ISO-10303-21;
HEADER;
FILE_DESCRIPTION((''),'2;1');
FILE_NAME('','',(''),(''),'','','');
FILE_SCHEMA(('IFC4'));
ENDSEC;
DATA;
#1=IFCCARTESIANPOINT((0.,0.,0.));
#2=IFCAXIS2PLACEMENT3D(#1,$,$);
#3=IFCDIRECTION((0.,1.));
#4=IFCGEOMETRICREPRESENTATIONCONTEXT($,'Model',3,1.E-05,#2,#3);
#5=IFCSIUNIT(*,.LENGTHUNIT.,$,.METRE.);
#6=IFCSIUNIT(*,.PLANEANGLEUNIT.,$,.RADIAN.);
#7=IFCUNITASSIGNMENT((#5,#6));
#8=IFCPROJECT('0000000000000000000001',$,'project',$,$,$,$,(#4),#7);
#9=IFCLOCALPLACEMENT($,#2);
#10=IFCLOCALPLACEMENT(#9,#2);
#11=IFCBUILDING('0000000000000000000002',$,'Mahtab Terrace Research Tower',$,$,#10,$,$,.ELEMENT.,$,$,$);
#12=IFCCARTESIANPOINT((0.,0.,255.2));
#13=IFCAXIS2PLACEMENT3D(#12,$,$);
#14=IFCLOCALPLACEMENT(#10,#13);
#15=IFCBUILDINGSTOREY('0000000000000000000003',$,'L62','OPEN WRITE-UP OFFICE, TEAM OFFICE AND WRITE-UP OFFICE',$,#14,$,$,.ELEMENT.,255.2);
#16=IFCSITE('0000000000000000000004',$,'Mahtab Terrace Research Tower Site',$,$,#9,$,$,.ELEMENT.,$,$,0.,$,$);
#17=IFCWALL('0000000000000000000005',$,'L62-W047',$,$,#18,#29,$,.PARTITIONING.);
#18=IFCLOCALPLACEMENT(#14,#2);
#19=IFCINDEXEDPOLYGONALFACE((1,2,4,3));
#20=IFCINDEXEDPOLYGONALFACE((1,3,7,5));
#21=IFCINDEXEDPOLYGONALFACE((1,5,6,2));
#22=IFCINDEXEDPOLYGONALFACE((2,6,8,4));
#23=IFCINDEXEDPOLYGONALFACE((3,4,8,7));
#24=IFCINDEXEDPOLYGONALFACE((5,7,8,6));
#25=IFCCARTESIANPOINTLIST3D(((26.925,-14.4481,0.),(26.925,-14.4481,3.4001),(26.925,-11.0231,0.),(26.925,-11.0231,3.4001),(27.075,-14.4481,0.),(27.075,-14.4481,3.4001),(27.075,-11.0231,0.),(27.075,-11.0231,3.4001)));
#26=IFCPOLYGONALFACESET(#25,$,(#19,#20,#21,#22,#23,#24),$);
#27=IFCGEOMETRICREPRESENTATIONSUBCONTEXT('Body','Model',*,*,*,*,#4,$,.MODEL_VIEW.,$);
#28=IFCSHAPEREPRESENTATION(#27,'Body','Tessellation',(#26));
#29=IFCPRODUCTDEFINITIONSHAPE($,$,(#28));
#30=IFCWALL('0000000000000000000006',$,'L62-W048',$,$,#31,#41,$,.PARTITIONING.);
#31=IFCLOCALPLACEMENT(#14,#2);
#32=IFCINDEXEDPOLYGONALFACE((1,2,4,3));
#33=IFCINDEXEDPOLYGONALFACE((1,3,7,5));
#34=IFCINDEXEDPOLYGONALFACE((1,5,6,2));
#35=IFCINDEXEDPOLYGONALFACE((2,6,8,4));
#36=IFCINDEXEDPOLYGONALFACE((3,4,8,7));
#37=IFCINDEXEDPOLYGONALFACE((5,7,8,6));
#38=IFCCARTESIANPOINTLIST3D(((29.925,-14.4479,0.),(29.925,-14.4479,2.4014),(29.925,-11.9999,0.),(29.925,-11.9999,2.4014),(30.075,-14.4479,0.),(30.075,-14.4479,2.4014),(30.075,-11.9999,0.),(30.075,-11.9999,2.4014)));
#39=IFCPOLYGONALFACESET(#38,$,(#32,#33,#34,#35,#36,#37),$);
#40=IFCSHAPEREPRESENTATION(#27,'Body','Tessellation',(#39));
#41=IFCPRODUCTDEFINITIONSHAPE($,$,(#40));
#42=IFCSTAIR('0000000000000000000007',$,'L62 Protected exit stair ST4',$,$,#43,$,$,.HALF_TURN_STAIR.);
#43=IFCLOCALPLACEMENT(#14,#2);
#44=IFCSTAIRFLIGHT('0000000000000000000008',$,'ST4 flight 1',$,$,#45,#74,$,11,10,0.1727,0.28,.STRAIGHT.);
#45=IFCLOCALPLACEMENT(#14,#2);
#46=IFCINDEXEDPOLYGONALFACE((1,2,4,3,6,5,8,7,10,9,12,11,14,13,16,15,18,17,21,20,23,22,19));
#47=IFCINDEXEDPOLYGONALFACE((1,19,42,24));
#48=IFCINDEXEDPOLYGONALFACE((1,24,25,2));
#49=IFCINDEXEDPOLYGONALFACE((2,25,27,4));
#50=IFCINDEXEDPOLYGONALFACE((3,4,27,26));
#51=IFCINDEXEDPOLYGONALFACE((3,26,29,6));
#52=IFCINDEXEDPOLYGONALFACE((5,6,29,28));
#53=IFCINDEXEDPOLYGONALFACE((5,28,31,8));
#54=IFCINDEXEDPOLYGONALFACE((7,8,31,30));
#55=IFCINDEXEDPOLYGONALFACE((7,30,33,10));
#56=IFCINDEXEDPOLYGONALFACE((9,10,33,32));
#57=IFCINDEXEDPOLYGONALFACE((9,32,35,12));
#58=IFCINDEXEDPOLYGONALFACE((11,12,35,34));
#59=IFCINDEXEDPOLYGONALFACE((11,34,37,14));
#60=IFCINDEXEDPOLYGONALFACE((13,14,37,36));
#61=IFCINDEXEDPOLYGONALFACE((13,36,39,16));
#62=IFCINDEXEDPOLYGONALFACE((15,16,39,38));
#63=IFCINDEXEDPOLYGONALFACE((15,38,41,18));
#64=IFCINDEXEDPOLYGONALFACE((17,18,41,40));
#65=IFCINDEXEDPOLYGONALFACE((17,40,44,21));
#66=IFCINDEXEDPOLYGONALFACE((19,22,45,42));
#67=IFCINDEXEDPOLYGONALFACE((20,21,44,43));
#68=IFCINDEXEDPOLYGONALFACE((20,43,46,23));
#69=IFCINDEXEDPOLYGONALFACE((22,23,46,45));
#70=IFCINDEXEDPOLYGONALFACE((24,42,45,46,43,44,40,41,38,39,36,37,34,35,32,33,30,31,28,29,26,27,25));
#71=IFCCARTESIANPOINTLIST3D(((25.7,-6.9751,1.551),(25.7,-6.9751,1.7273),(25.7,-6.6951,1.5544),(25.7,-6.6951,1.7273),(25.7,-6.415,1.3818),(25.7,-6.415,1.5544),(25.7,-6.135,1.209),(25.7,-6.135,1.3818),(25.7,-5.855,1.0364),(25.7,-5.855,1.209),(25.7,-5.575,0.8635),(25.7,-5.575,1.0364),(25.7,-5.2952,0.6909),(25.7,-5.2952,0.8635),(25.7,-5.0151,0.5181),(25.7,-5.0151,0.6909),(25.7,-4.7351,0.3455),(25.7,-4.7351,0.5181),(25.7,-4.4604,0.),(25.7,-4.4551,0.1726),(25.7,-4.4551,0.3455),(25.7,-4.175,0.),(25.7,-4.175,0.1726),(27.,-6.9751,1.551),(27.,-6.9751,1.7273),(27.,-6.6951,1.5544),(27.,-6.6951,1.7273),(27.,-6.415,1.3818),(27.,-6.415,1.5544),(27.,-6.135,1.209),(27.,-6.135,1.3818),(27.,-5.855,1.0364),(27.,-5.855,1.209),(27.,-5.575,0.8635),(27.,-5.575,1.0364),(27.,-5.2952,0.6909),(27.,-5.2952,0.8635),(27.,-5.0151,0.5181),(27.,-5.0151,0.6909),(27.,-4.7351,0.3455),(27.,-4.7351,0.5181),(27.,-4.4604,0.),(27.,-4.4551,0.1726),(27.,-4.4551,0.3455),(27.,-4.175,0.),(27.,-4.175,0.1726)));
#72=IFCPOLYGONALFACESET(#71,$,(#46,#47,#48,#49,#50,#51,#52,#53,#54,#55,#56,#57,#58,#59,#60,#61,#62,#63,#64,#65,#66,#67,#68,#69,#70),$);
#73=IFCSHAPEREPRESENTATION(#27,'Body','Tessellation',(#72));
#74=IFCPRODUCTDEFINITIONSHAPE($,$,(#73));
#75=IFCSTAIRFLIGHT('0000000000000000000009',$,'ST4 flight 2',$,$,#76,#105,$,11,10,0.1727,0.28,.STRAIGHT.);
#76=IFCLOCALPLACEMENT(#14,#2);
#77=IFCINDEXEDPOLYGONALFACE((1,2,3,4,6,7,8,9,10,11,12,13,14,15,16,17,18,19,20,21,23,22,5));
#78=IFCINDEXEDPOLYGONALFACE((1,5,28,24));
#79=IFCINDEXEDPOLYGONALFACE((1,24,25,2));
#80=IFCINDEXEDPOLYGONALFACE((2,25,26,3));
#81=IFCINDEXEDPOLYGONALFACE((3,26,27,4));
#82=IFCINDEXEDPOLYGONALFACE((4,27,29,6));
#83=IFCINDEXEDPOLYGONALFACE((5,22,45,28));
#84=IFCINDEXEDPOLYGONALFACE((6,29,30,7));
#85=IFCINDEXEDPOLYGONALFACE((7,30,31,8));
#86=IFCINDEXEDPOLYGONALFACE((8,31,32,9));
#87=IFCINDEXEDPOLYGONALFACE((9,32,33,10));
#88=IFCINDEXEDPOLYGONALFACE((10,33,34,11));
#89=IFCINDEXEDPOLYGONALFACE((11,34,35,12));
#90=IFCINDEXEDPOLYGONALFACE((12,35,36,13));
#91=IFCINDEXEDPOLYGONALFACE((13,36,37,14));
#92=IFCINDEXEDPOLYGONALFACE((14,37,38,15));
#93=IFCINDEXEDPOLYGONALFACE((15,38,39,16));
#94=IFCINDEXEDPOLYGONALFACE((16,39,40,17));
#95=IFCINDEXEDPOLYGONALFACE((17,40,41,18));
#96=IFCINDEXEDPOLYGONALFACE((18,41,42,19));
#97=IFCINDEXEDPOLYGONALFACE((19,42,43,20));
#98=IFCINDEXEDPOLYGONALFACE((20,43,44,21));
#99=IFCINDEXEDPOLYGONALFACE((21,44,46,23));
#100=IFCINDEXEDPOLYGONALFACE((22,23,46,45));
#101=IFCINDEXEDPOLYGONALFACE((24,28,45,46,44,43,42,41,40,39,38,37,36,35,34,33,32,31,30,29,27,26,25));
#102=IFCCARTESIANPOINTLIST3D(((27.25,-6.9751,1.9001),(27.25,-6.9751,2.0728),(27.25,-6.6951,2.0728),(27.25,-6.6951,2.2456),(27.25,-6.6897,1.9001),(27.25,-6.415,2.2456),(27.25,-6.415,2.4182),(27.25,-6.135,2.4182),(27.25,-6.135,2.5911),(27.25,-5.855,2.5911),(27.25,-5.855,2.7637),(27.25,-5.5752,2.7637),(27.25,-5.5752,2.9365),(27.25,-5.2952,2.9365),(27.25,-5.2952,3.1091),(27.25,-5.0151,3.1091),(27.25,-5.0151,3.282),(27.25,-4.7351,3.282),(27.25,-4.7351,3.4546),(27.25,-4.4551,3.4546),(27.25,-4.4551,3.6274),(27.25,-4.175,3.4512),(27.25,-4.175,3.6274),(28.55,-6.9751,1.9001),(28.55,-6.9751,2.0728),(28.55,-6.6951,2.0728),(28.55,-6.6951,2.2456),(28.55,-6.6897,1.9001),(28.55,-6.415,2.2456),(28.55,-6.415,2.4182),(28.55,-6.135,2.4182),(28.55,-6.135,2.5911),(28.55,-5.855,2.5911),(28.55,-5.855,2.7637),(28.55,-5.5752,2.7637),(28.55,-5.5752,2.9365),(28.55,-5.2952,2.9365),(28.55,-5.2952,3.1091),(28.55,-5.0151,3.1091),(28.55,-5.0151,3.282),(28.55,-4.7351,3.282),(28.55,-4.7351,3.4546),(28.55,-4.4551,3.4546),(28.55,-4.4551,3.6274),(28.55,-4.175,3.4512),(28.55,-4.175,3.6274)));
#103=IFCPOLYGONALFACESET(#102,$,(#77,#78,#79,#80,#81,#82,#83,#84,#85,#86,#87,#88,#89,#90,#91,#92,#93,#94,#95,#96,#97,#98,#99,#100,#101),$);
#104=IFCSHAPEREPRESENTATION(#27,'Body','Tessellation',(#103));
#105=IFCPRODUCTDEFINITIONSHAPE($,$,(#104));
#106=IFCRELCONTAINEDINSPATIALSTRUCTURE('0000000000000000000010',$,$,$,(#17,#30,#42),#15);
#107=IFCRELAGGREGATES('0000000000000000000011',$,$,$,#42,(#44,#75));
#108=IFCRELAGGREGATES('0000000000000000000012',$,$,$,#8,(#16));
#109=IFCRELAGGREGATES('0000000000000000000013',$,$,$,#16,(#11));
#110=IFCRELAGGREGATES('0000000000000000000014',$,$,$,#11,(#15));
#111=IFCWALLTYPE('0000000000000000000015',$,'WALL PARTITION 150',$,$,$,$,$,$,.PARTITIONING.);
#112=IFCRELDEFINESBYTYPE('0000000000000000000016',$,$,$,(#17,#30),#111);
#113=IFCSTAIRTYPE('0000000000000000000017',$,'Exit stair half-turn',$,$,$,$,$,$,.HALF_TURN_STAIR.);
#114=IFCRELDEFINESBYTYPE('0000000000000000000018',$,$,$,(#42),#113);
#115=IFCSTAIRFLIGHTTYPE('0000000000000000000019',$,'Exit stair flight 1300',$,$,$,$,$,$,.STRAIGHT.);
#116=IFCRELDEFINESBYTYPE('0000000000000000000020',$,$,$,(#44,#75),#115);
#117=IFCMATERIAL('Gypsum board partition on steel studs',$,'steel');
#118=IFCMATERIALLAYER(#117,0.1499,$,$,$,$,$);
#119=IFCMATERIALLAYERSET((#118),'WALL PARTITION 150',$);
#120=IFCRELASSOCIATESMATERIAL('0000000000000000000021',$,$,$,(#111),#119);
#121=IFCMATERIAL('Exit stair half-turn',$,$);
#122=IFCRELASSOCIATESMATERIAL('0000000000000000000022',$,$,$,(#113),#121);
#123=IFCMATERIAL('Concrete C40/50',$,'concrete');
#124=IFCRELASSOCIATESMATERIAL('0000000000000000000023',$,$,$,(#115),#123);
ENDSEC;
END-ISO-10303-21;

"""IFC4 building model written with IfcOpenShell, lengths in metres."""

from ifc_helpers import new_model, si_unit, direction, frame, frame_2d, origin, place, context, subcontext, project, spatial, polyline, rectangle, outline, extrude, material, layer, layer_set, type_object, element, aggregate, save


model = new_model("IFC4")

# Units and contexts
model_context = context("Model", 3, precision=1e-05, world=origin(), true_north=direction((0.0, 1.0)))
body_context = subcontext(model_context, "Body", "Model", "MODEL_VIEW")
ifc_project = project(units=[si_unit("LENGTHUNIT", "METRE"), si_unit("PLANEANGLEUNIT", "RADIAN")], contexts=[model_context])

# Site, building, storey
site_placement = place(None, origin())
site = spatial("IfcSite", under=ifc_project, at=site_placement, Name="Mahtab Terrace Research Tower Site", CompositionType="ELEMENT", RefElevation=0.0)
building_placement = place(site_placement, origin())
building = spatial("IfcBuilding", under=site, at=building_placement, Name="Mahtab Terrace Research Tower", CompositionType="ELEMENT")
storey_placement = place(building_placement, frame((0.0, 0.0, 255.2)))
storey = spatial("IfcBuildingStorey", under=building, at=storey_placement, Name="L62", Description="OPEN WRITE-UP OFFICE, TEAM OFFICE AND WRITE-UP OFFICE", CompositionType="ELEMENT", Elevation=255.2)

# Walls
ifc_material_1 = material(Name="Gypsum board partition on steel studs", Category="steel")
ifc_layer_1 = layer(ifc_material_1, 0.1499)
ifc_layer_set_1 = layer_set([ifc_layer_1], Name="WALL PARTITION 150")
wall_type_1 = type_object("IfcWallType", Name="WALL PARTITION 150", PredefinedType="PARTITIONING", material=ifc_layer_set_1)
wall_1_placement = place(storey_placement, frame((27.0, -14.448, 0.0), z_axis=(0.0, 0.0, 1.0), x_axis=(0.0, 1.0, 0.0)))
element("IfcWall", 1, at=wall_1_placement, inside=storey, type_object=wall_type_1, Name="L62-W047", PredefinedType="PARTITIONING", context=body_context, shape_type="SweptSolid", body=[
    extrude(rectangle(XDim=3.425, YDim=0.1499, at=frame_2d((1.7124, 0.0))), origin(), (0.0, 0.0, 1.0), 3.4001),
])
wall_2_placement = place(storey_placement, frame((30.0, -14.448, 0.0), z_axis=(0.0, 0.0, 1.0), x_axis=(0.0, 1.0, 0.0)))
element("IfcWall", 2, at=wall_2_placement, inside=storey, type_object=wall_type_1, Name="L62-W048", PredefinedType="PARTITIONING", context=body_context, shape_type="SweptSolid", body=[
    extrude(rectangle(XDim=2.448, YDim=0.1499, at=frame_2d((1.2241, 0.0))), origin(), (0.0, 0.0, 1.0), 2.4014),
])

# Stair, stair flights
ifc_material_2 = material(Name="Exit stair half-turn")
stair_type = type_object("IfcStairType", Name="Exit stair half-turn", PredefinedType="HALF_TURN_STAIR", material=ifc_material_2)
stair_placement = place(storey_placement, origin())
stair = element("IfcStair", 3, at=stair_placement, inside=storey, type_object=stair_type, Name="L62 Protected exit stair ST4", PredefinedType="HALF_TURN_STAIR")
ifc_material_3 = material(Name="Concrete C40/50", Category="concrete")
stair_flight_type = type_object("IfcStairFlightType", Name="Exit stair flight 1300", PredefinedType="STRAIGHT", material=ifc_material_3)
stair_flight_1_placement = place(storey_placement, frame((26.3501, -4.175, 0.0), z_axis=(0.0, 0.0, 1.0), x_axis=(0.0, -1.0, 0.0)))
stair_flight_1 = element("IfcStairFlight", 4, at=stair_flight_1_placement, type_object=stair_flight_type, Name="ST4 flight 1", NumberOfRisers=11, NumberOfTreads=10, PredefinedType="STRAIGHT", RiserHeight=0.1727, TreadLength=0.28, context=body_context, shape_type="SweptSolid", body=[
    extrude(outline(polyline([(0.0, 0.0), (0.0, 0.1726), (0.28, 0.1726), (0.28, 0.3455), (0.5601, 0.3455), (0.5601, 0.5181), (0.8401, 0.5181), (0.8401, 0.6909), (1.1201, 0.6909), (1.1201, 0.8635), (1.3999, 0.8635), (1.3999, 1.0364), (1.6799, 1.0364), (1.6799, 1.209), (1.96, 1.209), (1.96, 1.3818), (2.24, 1.3818), (2.24, 1.5544), (2.52, 1.5544), (2.52, 1.7273), (2.8, 1.7273), (2.8, 1.8999), (2.8, 1.551), (0.2854, 0.0), (0.0, 0.0)])), frame((0.0, 0.6499, 0.0), z_axis=(0.0, -1.0, 0.0), x_axis=(1.0, 0.0, 0.0)), (0.0, 0.0, 1.0), 1.3),
])
stair_flight_2_placement = place(storey_placement, frame((27.8999, -6.9751, 1.9001), z_axis=(0.0, 0.0, 1.0), x_axis=(0.0, 1.0, 0.0)))
stair_flight_2 = element("IfcStairFlight", 5, at=stair_flight_2_placement, type_object=stair_flight_type, Name="ST4 flight 2", NumberOfRisers=11, NumberOfTreads=10, PredefinedType="STRAIGHT", RiserHeight=0.1727, TreadLength=0.28, context=body_context, shape_type="SweptSolid", body=[
    extrude(outline(polyline([(0.0, 0.0), (0.0, 0.1726), (0.28, 0.1726), (0.28, 0.3455), (0.5601, 0.3455), (0.5601, 0.5181), (0.8401, 0.5181), (0.8401, 0.6909), (1.1201, 0.6909), (1.1201, 0.8635), (1.3999, 0.8635), (1.3999, 1.0364), (1.6799, 1.0364), (1.6799, 1.209), (1.96, 1.209), (1.96, 1.3818), (2.24, 1.3818), (2.24, 1.5544), (2.52, 1.5544), (2.52, 1.7273), (2.8, 1.7273), (2.8, 1.8999), (2.8, 1.551), (0.2854, 0.0), (0.0, 0.0)])), frame((0.0, 0.6499, 0.0), z_axis=(0.0, -1.0, 0.0), x_axis=(1.0, 0.0, 0.0)), (0.0, 0.0, 1.0), 1.3),
])
aggregate(stair, [stair_flight_1, stair_flight_2])

save(model, "model.ifc")
